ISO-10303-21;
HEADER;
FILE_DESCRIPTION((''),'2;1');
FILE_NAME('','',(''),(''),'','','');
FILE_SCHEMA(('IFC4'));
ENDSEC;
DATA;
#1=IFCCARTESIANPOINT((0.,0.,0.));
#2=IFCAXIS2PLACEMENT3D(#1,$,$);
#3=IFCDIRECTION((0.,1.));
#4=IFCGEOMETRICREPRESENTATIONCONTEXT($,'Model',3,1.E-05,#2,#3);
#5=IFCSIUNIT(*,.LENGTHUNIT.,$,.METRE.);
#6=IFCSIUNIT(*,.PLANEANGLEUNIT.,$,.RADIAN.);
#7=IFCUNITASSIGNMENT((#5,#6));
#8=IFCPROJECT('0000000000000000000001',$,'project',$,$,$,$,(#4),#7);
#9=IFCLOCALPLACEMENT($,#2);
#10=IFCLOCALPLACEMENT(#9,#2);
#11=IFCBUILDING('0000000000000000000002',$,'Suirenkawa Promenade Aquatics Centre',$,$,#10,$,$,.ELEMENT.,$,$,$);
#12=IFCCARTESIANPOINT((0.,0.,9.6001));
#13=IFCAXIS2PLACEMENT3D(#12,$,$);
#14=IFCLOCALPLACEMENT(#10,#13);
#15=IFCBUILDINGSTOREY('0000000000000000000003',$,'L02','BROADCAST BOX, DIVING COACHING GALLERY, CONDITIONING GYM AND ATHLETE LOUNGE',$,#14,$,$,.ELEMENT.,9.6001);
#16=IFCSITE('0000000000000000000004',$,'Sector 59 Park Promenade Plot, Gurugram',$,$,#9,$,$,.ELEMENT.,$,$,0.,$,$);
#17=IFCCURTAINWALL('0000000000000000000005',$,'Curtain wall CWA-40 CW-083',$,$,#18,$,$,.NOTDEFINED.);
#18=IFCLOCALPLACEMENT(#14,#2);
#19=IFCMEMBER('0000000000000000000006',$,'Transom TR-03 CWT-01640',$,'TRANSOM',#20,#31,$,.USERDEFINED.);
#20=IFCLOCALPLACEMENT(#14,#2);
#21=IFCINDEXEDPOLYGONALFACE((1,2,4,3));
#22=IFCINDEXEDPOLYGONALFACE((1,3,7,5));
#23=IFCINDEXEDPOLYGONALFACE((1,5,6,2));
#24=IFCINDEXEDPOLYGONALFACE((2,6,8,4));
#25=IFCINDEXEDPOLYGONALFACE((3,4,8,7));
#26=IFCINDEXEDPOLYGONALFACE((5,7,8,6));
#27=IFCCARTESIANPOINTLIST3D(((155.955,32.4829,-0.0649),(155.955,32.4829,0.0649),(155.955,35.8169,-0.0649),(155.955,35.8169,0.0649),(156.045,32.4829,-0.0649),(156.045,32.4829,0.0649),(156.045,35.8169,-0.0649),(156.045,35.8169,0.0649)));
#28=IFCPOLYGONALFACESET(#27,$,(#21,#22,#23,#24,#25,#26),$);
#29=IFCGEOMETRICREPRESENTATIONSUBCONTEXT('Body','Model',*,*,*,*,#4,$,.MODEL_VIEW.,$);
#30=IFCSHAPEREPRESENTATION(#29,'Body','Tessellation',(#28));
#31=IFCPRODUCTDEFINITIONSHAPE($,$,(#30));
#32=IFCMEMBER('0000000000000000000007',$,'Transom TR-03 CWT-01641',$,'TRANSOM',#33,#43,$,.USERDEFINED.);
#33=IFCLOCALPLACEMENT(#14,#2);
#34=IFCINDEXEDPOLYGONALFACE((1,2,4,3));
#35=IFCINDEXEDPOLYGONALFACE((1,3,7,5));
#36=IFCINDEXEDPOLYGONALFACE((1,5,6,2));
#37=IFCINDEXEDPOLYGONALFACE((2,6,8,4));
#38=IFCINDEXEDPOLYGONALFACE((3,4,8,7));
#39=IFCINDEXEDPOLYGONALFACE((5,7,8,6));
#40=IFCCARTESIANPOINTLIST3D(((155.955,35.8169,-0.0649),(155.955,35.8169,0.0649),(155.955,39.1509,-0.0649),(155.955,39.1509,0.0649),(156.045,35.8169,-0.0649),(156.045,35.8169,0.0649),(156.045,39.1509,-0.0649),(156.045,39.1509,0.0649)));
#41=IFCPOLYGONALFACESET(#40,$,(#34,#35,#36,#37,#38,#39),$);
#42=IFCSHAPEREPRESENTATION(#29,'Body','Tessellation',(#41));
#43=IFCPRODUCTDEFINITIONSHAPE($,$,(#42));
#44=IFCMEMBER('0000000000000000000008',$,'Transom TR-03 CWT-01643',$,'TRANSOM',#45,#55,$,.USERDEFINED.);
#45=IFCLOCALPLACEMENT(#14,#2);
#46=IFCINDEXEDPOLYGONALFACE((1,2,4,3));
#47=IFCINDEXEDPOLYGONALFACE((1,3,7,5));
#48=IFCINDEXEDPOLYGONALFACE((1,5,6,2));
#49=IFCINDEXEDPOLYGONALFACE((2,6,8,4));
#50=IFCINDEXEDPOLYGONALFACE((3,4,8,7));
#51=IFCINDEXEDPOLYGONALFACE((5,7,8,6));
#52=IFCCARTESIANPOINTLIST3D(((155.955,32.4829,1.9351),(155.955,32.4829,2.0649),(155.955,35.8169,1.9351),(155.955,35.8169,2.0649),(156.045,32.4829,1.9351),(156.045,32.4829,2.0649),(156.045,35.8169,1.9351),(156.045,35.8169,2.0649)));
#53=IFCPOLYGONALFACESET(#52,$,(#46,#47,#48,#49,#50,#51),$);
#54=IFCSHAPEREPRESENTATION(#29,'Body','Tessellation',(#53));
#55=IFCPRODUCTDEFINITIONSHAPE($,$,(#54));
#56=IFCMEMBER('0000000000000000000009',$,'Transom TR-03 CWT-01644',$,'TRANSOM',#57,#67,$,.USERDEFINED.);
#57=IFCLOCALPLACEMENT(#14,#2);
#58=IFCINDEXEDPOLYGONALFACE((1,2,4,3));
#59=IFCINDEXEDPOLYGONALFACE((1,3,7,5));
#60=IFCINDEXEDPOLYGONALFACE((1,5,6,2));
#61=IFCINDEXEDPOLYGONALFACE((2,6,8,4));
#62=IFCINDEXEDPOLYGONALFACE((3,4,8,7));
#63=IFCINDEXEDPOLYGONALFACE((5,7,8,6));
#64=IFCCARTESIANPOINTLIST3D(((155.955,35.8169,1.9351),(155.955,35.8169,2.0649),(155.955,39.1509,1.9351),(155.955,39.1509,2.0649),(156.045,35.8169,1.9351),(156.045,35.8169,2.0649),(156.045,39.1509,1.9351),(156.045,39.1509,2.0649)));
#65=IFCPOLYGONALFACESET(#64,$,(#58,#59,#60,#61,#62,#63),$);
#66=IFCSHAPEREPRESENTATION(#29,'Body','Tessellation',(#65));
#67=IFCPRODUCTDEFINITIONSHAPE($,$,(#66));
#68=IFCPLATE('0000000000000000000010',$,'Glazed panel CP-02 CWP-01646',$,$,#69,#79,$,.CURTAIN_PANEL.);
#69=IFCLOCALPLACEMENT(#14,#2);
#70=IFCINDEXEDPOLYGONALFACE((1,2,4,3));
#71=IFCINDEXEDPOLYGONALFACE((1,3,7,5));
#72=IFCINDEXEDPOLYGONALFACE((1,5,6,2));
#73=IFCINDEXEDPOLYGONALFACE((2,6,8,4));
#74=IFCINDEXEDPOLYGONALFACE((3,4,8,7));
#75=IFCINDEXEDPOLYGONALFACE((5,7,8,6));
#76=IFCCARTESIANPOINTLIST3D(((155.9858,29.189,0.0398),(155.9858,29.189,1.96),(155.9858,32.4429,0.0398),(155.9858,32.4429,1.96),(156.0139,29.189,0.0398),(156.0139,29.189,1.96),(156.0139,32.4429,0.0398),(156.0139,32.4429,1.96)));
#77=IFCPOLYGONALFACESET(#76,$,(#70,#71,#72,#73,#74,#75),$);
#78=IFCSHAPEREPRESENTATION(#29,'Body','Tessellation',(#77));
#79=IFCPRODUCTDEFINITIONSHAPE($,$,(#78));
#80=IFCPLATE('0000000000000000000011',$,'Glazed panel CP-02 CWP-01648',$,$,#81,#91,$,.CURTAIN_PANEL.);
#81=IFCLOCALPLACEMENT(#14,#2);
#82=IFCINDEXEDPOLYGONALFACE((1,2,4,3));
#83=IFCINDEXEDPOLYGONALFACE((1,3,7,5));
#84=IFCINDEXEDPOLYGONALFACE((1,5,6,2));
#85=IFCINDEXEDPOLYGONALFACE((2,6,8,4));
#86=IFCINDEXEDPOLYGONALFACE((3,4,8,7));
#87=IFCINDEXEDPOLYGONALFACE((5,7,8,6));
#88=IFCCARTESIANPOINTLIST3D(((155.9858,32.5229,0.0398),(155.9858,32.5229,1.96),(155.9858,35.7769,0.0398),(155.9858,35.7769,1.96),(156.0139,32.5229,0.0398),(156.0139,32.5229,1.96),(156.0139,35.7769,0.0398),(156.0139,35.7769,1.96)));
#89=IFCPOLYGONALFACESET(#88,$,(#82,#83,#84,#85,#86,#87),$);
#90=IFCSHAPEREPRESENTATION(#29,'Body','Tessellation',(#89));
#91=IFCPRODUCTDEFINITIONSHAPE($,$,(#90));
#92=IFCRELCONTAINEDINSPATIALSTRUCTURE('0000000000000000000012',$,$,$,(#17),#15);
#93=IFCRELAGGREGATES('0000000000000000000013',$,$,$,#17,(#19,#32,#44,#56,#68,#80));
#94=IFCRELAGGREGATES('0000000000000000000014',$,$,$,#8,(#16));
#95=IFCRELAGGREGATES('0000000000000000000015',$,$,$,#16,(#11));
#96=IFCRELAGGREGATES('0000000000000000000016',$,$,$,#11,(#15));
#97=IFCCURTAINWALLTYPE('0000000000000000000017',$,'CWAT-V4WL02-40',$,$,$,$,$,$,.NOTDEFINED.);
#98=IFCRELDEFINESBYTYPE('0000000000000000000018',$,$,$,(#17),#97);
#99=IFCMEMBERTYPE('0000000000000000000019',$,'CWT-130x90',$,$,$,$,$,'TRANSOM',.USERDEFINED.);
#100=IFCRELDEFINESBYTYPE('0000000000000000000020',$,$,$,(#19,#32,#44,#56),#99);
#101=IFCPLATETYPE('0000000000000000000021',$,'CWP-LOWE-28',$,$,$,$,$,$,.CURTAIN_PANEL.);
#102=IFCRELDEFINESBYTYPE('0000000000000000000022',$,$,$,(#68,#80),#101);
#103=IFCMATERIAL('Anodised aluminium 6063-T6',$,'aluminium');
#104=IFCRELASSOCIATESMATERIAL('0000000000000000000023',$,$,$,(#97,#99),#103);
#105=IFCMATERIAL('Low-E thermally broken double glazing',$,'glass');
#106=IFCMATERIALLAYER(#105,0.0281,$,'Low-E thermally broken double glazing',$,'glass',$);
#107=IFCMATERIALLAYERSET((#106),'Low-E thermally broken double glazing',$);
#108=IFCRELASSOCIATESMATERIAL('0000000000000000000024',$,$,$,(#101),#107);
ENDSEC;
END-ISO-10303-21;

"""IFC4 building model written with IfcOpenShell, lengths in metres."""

from ifc_helpers import new_model, si_unit, direction, frame, origin, origin_2d, place, context, subcontext, project, spatial, polyline, rectangle, outline, extrude, material, layer, layer_set, material_profile, profile_set, type_object, element, aggregate, save


model = new_model("IFC4")

# Units and contexts
model_context = context("Model", 3, precision=1e-05, world=origin(), true_north=direction((0.0, 1.0)))
body_context = subcontext(model_context, "Body", "Model", "MODEL_VIEW")
ifc_project = project(units=[si_unit("LENGTHUNIT", "METRE"), si_unit("PLANEANGLEUNIT", "RADIAN")], contexts=[model_context])

# Site, building, storey
site_placement = place(None, origin())
site = spatial("IfcSite", under=ifc_project, at=site_placement, Name="Sector 59 Park Promenade Plot, Gurugram", CompositionType="ELEMENT", RefElevation=0.0)
building_placement = place(site_placement, origin())
building = spatial("IfcBuilding", under=site, at=building_placement, Name="Suirenkawa Promenade Aquatics Centre", CompositionType="ELEMENT")
storey_placement = place(building_placement, frame((0.0, 0.0, 9.6001)))
storey = spatial("IfcBuildingStorey", under=building, at=storey_placement, Name="L02", Description="BROADCAST BOX, DIVING COACHING GALLERY, CONDITIONING GYM AND ATHLETE LOUNGE", CompositionType="ELEMENT", Elevation=9.6001)

# Curtain wall, members, plates
ifc_material_1 = material(Name="Anodised aluminium 6063-T6", Category="aluminium")
curtain_wall_type = type_object("IfcCurtainWallType", Name="CWAT-V4WL02-40", PredefinedType="NOTDEFINED", material=ifc_material_1)
curtain_wall_placement = place(storey_placement, origin())
curtain_wall = element("IfcCurtainWall", 1, at=curtain_wall_placement, inside=storey, type_object=curtain_wall_type, Name="Curtain wall CWA-40 CW-083", PredefinedType="NOTDEFINED")
ifc_material_profile_1 = material_profile(ifc_material_1, rectangle(XDim=0.0901, YDim=0.1299, at=origin_2d()), Name="ALU TRAN 90x130", Category="aluminium")
ifc_profile_set_1 = profile_set([ifc_material_profile_1], Name="Anodised aluminium 6063-T6")
member_type_1 = type_object("IfcMemberType", Name="CWT-130x90", ElementType="TRANSOM", PredefinedType="USERDEFINED", material=ifc_profile_set_1)
member_1_placement = place(storey_placement, frame((156.0, 32.4829, 0.0), z_axis=(0.0, 1.0, 0.0), x_axis=(-1.0, 0.0, 0.0)))
member_1 = element("IfcMember", 2, at=member_1_placement, type_object=member_type_1, Name="Transom TR-03 CWT-01640", ObjectType="TRANSOM", PredefinedType="USERDEFINED", context=body_context, shape_type="SweptSolid", body=[
    extrude(rectangle(XDim=0.0901, YDim=0.1299, at=origin_2d()), origin(), (0.0, 0.0, 1.0), 3.334),
])
member_2_placement = place(storey_placement, frame((156.0, 35.8169, 0.0), z_axis=(0.0, 1.0, 0.0), x_axis=(-1.0, 0.0, 0.0)))
member_2 = element("IfcMember", 3, at=member_2_placement, type_object=member_type_1, Name="Transom TR-03 CWT-01641", ObjectType="TRANSOM", PredefinedType="USERDEFINED", context=body_context, shape_type="SweptSolid", body=[
    extrude(rectangle(XDim=0.0901, YDim=0.1299, at=origin_2d()), origin(), (0.0, 0.0, 1.0), 3.334),
])
member_3_placement = place(storey_placement, frame((156.0, 32.4829, 2.0), z_axis=(0.0, 1.0, 0.0), x_axis=(-1.0, 0.0, 0.0)))
member_3 = element("IfcMember", 4, at=member_3_placement, type_object=member_type_1, Name="Transom TR-03 CWT-01643", ObjectType="TRANSOM", PredefinedType="USERDEFINED", context=body_context, shape_type="SweptSolid", body=[
    extrude(rectangle(XDim=0.0901, YDim=0.1299, at=origin_2d()), origin(), (0.0, 0.0, 1.0), 3.334),
])
member_4_placement = place(storey_placement, frame((156.0, 35.8169, 2.0), z_axis=(0.0, 1.0, 0.0), x_axis=(-1.0, 0.0, 0.0)))
member_4 = element("IfcMember", 5, at=member_4_placement, type_object=member_type_1, Name="Transom TR-03 CWT-01644", ObjectType="TRANSOM", PredefinedType="USERDEFINED", context=body_context, shape_type="SweptSolid", body=[
    extrude(rectangle(XDim=0.0901, YDim=0.1299, at=origin_2d()), origin(), (0.0, 0.0, 1.0), 3.334),
])
ifc_material_2 = material(Name="Low-E thermally broken double glazing", Category="glass")
ifc_layer = layer(ifc_material_2, 0.0281, Name="Low-E thermally broken double glazing", Category="glass")
ifc_layer_set = layer_set([ifc_layer], Name="Low-E thermally broken double glazing")
plate_type = type_object("IfcPlateType", Name="CWP-LOWE-28", PredefinedType="CURTAIN_PANEL", material=ifc_layer_set)
plate_1_placement = place(storey_placement, frame((156.0, 29.1489, 0.0398), z_axis=(0.0, 0.0, 1.0), x_axis=(0.0, 1.0, 0.0)))
plate_1 = element("IfcPlate", 6, at=plate_1_placement, type_object=plate_type, Name="Glazed panel CP-02 CWP-01646", PredefinedType="CURTAIN_PANEL", context=body_context, shape_type="SweptSolid", body=[
    extrude(outline(polyline([(0.04, 0.0), (3.2939, 0.0), (3.2939, 1.9202), (0.04, 1.9202), (0.04, 0.0)])), frame((0.0, 0.0142, 0.0), z_axis=(0.0, -1.0, 0.0), x_axis=(1.0, 0.0, 0.0)), (0.0, 0.0, 1.0), 0.0281),
])
plate_2_placement = place(storey_placement, frame((156.0, 32.4829, 0.0398), z_axis=(0.0, 0.0, 1.0), x_axis=(0.0, 1.0, 0.0)))
plate_2 = element("IfcPlate", 7, at=plate_2_placement, type_object=plate_type, Name="Glazed panel CP-02 CWP-01648", PredefinedType="CURTAIN_PANEL", context=body_context, shape_type="SweptSolid", body=[
    extrude(outline(polyline([(0.04, 0.0), (3.2939, 0.0), (3.2939, 1.9202), (0.04, 1.9202), (0.04, 0.0)])), frame((0.0, 0.0142, 0.0), z_axis=(0.0, -1.0, 0.0), x_axis=(1.0, 0.0, 0.0)), (0.0, 0.0, 1.0), 0.0281),
])
aggregate(curtain_wall, [member_1, member_2, member_3, member_4, plate_1, plate_2])

save(model, "model.ifc")
